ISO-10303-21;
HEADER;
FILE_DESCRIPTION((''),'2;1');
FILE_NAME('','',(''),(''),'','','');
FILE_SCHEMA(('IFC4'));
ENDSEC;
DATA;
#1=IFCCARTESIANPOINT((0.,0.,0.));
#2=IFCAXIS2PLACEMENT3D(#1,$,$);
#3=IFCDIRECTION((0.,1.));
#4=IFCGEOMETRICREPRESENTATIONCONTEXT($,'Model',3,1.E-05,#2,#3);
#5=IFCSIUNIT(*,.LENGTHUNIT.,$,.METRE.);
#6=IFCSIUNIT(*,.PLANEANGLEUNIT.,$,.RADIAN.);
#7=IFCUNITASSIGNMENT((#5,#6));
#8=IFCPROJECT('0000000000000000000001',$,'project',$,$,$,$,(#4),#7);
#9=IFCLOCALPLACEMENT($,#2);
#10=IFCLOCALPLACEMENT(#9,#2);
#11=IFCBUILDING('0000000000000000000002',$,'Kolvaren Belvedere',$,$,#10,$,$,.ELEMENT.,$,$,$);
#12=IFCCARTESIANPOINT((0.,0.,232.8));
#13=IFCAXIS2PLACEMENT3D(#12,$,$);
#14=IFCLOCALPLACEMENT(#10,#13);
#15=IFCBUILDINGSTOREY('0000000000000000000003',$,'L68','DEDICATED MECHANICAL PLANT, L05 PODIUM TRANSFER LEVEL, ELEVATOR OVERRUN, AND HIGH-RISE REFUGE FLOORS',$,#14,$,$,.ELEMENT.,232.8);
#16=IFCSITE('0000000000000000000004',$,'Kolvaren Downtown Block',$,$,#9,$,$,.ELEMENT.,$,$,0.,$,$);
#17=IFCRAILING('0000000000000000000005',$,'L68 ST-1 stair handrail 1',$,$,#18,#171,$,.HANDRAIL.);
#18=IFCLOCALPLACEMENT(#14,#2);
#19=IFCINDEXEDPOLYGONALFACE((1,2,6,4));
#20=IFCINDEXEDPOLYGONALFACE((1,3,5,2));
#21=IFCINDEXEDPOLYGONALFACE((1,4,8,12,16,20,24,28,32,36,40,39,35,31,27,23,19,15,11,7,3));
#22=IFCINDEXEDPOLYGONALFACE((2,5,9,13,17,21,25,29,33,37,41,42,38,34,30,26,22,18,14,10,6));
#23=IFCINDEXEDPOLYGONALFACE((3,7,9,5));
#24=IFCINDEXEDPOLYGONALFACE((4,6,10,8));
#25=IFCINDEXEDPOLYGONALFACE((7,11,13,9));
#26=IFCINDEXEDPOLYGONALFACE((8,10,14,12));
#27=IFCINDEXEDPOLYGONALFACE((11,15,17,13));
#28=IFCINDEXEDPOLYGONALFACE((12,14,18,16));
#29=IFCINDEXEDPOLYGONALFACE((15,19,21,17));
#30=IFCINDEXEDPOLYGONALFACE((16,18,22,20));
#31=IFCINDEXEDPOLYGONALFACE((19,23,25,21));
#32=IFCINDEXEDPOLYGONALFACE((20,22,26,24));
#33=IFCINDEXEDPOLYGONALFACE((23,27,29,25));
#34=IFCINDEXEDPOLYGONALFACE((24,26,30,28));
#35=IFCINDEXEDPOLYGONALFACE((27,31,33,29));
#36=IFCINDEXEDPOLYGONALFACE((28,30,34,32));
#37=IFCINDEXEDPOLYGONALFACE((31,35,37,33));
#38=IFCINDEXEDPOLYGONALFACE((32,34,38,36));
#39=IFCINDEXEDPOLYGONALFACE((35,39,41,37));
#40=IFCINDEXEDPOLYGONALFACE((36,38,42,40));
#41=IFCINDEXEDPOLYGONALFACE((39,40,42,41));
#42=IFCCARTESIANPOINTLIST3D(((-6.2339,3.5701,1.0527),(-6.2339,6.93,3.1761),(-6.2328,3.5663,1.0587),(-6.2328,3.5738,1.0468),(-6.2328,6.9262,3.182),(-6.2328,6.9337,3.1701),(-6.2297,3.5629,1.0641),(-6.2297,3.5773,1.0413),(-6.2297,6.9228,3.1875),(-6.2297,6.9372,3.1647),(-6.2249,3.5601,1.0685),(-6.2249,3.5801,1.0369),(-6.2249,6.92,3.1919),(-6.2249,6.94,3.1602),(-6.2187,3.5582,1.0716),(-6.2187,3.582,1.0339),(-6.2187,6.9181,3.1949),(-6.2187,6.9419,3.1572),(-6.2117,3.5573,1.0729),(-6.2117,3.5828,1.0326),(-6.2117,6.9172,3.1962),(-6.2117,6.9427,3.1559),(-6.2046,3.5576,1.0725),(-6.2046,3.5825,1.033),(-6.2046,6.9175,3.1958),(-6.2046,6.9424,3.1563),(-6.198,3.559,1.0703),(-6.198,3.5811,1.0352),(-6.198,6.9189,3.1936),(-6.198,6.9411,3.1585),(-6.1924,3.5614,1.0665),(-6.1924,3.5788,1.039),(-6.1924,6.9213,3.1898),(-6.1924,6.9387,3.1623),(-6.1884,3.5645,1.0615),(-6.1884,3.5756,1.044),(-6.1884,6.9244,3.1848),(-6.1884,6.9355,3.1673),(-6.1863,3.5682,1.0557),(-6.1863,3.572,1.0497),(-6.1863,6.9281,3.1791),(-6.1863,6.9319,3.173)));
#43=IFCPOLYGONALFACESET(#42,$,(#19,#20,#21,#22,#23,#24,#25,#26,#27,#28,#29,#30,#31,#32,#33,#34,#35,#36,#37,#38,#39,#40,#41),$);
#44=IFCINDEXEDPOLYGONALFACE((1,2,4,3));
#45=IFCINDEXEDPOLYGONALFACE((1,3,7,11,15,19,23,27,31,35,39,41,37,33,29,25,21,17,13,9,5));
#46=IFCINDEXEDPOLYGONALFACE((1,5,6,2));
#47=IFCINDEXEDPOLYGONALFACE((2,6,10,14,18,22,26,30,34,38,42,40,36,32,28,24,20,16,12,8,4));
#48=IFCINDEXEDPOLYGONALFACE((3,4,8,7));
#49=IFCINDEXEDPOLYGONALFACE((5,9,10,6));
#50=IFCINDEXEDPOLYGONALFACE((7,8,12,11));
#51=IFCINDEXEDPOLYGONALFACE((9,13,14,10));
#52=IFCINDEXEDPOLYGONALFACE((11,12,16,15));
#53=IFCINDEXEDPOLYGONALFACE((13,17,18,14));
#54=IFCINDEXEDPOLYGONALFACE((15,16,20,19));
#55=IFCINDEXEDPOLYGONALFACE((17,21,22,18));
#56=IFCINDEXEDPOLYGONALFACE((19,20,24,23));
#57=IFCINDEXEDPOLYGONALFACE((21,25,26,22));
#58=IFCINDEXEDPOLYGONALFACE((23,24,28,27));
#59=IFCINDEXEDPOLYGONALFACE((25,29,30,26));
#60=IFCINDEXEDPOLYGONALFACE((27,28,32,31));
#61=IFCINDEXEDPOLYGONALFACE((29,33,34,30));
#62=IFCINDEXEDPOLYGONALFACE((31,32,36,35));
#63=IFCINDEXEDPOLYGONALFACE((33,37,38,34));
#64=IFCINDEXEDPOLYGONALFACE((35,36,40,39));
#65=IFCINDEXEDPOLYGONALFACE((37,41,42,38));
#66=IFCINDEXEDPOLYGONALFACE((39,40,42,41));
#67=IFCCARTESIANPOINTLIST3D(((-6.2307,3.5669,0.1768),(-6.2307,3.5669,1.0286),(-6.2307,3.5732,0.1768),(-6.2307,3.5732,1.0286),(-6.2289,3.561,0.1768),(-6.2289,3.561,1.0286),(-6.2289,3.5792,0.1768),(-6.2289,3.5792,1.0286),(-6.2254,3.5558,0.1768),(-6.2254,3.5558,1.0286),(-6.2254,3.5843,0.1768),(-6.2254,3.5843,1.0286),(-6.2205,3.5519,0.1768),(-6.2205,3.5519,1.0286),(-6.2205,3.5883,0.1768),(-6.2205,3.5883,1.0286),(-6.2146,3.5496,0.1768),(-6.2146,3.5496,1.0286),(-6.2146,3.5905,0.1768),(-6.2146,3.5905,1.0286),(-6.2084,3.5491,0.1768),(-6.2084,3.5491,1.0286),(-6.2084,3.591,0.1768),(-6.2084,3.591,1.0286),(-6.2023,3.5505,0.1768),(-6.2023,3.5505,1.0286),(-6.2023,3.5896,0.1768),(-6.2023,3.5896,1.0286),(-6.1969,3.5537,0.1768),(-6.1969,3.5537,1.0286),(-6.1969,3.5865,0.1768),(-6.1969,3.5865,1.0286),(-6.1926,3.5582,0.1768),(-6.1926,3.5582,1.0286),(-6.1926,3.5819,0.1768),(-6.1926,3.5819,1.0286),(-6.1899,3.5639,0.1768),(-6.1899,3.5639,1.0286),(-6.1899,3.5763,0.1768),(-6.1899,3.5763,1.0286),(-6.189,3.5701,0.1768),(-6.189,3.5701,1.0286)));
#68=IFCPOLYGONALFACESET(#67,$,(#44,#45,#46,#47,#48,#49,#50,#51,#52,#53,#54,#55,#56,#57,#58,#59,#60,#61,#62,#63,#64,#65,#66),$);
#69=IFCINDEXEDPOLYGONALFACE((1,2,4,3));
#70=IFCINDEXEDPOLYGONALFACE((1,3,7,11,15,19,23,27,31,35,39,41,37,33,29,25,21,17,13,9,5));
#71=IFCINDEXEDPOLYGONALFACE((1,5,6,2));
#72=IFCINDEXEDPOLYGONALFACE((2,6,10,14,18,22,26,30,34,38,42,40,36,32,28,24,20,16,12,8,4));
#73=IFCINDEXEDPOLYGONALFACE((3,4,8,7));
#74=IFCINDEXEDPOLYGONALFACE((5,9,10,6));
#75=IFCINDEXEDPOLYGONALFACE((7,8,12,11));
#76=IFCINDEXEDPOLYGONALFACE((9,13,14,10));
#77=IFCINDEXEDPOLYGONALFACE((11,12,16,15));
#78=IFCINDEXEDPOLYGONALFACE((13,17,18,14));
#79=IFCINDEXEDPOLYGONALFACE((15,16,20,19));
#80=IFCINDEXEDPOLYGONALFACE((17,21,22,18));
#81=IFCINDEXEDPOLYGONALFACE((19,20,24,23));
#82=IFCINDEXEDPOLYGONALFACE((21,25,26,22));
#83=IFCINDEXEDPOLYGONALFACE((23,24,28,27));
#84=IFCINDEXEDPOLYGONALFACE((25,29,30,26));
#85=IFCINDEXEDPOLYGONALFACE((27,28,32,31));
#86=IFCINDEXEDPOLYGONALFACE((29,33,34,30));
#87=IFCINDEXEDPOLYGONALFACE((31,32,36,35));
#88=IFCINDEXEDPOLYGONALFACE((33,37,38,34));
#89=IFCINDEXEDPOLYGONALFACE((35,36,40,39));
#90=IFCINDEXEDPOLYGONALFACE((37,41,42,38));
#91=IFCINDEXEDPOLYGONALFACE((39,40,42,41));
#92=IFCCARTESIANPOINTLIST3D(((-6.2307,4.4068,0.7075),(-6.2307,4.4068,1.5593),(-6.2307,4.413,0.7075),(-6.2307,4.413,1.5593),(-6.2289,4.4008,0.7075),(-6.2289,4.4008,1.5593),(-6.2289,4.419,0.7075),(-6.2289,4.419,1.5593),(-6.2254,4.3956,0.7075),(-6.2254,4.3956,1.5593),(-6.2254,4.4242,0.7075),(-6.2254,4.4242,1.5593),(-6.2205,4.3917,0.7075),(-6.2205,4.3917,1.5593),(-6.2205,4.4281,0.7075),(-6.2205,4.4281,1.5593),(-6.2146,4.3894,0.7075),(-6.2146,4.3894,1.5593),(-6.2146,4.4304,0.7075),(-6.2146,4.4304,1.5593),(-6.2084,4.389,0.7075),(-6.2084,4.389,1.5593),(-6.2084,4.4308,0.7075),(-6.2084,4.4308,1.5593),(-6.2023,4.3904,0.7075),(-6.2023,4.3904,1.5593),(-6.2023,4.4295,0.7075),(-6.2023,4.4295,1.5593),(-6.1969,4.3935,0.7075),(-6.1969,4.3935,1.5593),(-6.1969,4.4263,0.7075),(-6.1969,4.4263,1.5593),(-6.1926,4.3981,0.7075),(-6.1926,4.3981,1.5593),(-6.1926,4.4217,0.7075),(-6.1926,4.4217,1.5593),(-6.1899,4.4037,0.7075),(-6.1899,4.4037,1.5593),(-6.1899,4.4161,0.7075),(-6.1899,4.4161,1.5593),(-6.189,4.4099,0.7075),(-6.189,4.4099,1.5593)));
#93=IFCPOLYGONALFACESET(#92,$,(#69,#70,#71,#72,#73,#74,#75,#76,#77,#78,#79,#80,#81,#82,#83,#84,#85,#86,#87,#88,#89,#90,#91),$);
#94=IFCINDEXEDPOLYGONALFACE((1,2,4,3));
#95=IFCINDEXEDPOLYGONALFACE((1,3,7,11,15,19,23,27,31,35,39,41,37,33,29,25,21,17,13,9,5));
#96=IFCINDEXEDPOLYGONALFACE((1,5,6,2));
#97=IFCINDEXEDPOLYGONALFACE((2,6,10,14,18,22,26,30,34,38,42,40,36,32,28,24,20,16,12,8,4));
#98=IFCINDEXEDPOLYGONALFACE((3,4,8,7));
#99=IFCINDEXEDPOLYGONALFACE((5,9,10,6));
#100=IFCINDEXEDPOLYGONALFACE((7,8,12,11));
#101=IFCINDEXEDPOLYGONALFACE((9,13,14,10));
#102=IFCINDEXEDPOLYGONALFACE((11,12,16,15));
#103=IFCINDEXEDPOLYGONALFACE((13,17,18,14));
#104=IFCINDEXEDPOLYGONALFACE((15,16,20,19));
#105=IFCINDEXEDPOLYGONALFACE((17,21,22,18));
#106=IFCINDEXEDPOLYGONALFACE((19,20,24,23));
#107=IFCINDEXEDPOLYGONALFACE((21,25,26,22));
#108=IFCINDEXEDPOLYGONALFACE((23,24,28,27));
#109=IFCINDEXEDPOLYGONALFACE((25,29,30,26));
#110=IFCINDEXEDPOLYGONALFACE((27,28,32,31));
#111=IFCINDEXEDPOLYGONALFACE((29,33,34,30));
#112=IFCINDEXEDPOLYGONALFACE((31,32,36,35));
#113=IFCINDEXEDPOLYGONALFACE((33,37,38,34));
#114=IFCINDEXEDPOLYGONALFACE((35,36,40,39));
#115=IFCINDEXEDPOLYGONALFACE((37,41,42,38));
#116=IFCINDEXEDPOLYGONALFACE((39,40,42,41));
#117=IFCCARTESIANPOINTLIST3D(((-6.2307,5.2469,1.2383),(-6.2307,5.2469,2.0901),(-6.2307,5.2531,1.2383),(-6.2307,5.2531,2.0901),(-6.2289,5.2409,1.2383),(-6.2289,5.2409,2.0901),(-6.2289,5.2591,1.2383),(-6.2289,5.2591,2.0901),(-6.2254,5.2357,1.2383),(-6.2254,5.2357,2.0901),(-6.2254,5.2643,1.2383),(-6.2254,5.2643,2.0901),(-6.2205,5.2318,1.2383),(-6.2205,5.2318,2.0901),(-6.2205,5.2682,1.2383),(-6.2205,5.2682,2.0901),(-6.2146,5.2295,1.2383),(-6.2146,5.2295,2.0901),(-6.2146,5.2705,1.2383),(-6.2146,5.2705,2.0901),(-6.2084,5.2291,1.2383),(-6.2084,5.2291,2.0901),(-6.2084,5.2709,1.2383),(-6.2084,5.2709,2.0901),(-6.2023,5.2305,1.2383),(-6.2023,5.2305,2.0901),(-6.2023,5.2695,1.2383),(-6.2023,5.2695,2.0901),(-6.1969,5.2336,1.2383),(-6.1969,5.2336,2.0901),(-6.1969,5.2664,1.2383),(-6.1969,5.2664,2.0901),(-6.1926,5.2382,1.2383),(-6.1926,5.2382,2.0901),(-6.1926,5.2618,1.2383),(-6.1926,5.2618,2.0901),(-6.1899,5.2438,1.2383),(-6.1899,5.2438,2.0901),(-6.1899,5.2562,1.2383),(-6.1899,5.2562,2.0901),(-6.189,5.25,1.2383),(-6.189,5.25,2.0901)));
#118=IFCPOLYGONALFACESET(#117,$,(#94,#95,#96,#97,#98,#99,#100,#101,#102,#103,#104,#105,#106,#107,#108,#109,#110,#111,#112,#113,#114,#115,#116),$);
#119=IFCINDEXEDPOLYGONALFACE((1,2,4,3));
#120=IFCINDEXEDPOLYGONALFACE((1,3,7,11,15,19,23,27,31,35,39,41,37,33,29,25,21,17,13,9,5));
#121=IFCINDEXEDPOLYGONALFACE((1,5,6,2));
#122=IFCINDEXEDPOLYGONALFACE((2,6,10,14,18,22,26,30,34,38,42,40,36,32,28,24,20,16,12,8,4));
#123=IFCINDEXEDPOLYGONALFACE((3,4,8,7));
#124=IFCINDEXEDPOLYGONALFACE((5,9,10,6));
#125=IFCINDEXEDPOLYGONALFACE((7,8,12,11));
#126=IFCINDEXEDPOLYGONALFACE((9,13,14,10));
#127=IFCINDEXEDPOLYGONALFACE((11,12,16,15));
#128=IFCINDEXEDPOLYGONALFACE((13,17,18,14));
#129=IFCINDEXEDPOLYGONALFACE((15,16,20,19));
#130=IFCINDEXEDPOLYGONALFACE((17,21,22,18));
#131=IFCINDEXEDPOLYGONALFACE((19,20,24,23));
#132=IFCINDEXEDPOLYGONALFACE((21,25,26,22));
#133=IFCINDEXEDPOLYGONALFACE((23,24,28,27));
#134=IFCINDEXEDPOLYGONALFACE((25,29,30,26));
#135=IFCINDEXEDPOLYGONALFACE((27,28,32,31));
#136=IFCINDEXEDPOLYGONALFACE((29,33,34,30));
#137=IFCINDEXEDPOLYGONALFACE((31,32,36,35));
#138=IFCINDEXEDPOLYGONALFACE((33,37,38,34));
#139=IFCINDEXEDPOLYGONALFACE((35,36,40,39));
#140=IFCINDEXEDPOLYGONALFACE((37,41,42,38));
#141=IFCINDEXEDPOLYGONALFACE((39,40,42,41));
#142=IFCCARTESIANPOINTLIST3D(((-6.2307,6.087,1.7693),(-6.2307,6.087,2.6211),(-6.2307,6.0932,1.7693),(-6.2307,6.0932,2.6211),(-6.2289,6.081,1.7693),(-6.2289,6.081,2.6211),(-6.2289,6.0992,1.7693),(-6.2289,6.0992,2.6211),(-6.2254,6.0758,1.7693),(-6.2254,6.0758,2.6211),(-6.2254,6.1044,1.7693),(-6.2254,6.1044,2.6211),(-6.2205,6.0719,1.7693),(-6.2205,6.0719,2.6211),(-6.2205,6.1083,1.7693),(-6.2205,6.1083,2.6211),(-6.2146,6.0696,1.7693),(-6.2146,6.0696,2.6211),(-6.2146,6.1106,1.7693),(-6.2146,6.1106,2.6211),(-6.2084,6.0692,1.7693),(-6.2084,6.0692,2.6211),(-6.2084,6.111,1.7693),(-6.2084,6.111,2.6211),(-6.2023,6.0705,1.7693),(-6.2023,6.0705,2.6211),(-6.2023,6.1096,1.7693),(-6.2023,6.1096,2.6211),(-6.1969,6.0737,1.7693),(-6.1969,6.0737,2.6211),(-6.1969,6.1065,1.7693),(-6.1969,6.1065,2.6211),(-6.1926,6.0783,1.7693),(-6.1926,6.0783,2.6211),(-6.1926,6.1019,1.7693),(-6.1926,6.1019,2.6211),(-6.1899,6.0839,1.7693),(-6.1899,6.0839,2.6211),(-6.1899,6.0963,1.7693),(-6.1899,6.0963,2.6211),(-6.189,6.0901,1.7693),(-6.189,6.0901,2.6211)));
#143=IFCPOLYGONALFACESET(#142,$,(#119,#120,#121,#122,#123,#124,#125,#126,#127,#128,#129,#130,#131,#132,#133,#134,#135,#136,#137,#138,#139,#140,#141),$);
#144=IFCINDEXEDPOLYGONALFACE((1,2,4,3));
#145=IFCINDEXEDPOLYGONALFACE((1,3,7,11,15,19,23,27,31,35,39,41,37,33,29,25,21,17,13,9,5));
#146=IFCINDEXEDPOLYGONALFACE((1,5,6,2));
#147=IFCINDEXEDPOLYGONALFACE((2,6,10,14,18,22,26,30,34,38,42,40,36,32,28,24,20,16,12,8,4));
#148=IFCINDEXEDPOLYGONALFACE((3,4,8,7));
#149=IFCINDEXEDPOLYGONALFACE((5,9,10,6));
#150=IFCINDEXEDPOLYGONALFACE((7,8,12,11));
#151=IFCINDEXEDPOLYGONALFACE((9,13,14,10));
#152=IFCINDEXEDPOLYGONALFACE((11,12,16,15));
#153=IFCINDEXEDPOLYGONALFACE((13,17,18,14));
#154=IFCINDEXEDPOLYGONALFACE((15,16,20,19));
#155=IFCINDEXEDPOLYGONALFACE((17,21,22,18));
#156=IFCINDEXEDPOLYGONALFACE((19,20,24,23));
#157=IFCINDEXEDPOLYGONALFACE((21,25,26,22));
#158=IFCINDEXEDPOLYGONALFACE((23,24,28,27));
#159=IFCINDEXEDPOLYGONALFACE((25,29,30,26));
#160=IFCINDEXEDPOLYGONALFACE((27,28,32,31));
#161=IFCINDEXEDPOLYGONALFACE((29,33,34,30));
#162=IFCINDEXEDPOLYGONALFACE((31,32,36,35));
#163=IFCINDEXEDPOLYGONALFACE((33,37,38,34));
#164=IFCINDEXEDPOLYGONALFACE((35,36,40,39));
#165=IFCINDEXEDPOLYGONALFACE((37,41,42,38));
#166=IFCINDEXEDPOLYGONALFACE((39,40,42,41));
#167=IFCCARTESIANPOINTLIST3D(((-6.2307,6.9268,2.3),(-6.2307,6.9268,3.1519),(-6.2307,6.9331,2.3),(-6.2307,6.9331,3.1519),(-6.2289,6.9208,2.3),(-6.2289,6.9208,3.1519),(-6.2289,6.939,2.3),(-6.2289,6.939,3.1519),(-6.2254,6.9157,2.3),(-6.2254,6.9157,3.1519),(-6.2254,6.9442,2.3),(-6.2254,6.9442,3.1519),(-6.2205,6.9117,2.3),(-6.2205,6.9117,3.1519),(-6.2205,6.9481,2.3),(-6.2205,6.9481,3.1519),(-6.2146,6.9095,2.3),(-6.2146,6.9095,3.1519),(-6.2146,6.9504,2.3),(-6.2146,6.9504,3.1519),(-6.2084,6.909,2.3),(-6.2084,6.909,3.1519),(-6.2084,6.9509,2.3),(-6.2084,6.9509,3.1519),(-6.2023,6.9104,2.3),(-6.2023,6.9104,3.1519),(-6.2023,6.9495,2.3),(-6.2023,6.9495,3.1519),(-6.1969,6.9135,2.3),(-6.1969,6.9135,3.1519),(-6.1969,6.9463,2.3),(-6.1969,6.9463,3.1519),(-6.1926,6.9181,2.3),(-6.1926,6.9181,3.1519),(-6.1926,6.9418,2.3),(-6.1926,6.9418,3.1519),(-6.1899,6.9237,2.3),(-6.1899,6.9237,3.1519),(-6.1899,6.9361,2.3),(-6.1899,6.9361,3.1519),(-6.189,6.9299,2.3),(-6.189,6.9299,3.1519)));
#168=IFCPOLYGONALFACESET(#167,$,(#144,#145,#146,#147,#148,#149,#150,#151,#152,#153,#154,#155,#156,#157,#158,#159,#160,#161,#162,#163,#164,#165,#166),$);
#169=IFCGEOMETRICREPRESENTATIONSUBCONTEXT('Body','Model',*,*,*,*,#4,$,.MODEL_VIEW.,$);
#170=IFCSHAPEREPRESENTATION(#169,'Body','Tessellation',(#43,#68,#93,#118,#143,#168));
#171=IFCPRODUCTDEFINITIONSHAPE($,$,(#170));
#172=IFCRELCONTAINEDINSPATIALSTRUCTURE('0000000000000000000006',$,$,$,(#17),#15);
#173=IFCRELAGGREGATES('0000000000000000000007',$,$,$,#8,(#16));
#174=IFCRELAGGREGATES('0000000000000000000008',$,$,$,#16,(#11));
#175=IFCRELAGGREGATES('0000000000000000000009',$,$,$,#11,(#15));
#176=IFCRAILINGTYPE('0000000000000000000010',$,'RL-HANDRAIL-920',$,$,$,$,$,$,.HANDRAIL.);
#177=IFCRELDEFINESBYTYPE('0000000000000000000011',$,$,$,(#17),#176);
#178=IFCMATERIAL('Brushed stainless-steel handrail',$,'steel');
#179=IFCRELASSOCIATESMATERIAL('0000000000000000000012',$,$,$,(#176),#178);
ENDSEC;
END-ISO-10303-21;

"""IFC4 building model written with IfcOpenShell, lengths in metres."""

from ifc_helpers import new_model, si_unit, direction, frame, origin, origin_2d, place, context, subcontext, project, spatial, circle, extrude, material, type_object, element, save


model = new_model("IFC4")

# Units and contexts
model_context = context("Model", 3, precision=1e-05, world=origin(), true_north=direction((0.0, 1.0)))
body_context = subcontext(model_context, "Body", "Model", "MODEL_VIEW")
ifc_project = project(units=[si_unit("LENGTHUNIT", "METRE"), si_unit("PLANEANGLEUNIT", "RADIAN")], contexts=[model_context])

# Site, building, storey
site_placement = place(None, origin())
site = spatial("IfcSite", under=ifc_project, at=site_placement, Name="Kolvaren Downtown Block", CompositionType="ELEMENT", RefElevation=0.0)
building_placement = place(site_placement, origin())
building = spatial("IfcBuilding", under=site, at=building_placement, Name="Kolvaren Belvedere", CompositionType="ELEMENT")
storey_placement = place(building_placement, frame((0.0, 0.0, 232.8)))
storey = spatial("IfcBuildingStorey", under=building, at=storey_placement, Name="L68", Description="DEDICATED MECHANICAL PLANT, L05 PODIUM TRANSFER LEVEL, ELEVATOR OVERRUN, AND HIGH-RISE REFUGE FLOORS", CompositionType="ELEMENT", Elevation=232.8)

# Railing
ifc_material_1 = material(Name="Brushed stainless-steel handrail", Category="steel")
railing_type_1 = type_object("IfcRailingType", Name="RL-HANDRAIL-920", PredefinedType="HANDRAIL", material=ifc_material_1)
railing_1_placement = place(storey_placement, frame((-6.21, 3.5701, 0.1768)))
element("IfcRailing", 1, at=railing_1_placement, inside=storey, type_object=railing_type_1, Name="L68 ST-1 stair handrail 1", PredefinedType="HANDRAIL", context=body_context, shape_type="SweptSolid", body=[
    extrude(circle(Radius=0.0239, at=origin_2d()), frame((0.0, 0.0, 0.876), z_axis=(0.0, 0.845344, 0.534222), x_axis=(-1.0, 0.0, 0.0)), (0.0, 0.0, 1.0), 3.9746),
    extrude(circle(Radius=0.021, at=origin_2d()), origin(), (0.0, 0.0, 1.0), 0.8518),
    extrude(circle(Radius=0.021, at=origin_2d()), frame((0.0, 0.8398, 0.5308)), (0.0, 0.0, 1.0), 0.8518),
    extrude(circle(Radius=0.021, at=origin_2d()), frame((0.0, 1.6799, 1.0615)), (0.0, 0.0, 1.0), 0.8518),
    extrude(circle(Radius=0.021, at=origin_2d()), frame((0.0, 2.52, 1.5925)), (0.0, 0.0, 1.0), 0.8518),
    extrude(circle(Radius=0.021, at=origin_2d()), frame((0.0, 3.3599, 2.1233)), (0.0, 0.0, 1.0), 0.8518),
])

save(model, "model.ifc")
